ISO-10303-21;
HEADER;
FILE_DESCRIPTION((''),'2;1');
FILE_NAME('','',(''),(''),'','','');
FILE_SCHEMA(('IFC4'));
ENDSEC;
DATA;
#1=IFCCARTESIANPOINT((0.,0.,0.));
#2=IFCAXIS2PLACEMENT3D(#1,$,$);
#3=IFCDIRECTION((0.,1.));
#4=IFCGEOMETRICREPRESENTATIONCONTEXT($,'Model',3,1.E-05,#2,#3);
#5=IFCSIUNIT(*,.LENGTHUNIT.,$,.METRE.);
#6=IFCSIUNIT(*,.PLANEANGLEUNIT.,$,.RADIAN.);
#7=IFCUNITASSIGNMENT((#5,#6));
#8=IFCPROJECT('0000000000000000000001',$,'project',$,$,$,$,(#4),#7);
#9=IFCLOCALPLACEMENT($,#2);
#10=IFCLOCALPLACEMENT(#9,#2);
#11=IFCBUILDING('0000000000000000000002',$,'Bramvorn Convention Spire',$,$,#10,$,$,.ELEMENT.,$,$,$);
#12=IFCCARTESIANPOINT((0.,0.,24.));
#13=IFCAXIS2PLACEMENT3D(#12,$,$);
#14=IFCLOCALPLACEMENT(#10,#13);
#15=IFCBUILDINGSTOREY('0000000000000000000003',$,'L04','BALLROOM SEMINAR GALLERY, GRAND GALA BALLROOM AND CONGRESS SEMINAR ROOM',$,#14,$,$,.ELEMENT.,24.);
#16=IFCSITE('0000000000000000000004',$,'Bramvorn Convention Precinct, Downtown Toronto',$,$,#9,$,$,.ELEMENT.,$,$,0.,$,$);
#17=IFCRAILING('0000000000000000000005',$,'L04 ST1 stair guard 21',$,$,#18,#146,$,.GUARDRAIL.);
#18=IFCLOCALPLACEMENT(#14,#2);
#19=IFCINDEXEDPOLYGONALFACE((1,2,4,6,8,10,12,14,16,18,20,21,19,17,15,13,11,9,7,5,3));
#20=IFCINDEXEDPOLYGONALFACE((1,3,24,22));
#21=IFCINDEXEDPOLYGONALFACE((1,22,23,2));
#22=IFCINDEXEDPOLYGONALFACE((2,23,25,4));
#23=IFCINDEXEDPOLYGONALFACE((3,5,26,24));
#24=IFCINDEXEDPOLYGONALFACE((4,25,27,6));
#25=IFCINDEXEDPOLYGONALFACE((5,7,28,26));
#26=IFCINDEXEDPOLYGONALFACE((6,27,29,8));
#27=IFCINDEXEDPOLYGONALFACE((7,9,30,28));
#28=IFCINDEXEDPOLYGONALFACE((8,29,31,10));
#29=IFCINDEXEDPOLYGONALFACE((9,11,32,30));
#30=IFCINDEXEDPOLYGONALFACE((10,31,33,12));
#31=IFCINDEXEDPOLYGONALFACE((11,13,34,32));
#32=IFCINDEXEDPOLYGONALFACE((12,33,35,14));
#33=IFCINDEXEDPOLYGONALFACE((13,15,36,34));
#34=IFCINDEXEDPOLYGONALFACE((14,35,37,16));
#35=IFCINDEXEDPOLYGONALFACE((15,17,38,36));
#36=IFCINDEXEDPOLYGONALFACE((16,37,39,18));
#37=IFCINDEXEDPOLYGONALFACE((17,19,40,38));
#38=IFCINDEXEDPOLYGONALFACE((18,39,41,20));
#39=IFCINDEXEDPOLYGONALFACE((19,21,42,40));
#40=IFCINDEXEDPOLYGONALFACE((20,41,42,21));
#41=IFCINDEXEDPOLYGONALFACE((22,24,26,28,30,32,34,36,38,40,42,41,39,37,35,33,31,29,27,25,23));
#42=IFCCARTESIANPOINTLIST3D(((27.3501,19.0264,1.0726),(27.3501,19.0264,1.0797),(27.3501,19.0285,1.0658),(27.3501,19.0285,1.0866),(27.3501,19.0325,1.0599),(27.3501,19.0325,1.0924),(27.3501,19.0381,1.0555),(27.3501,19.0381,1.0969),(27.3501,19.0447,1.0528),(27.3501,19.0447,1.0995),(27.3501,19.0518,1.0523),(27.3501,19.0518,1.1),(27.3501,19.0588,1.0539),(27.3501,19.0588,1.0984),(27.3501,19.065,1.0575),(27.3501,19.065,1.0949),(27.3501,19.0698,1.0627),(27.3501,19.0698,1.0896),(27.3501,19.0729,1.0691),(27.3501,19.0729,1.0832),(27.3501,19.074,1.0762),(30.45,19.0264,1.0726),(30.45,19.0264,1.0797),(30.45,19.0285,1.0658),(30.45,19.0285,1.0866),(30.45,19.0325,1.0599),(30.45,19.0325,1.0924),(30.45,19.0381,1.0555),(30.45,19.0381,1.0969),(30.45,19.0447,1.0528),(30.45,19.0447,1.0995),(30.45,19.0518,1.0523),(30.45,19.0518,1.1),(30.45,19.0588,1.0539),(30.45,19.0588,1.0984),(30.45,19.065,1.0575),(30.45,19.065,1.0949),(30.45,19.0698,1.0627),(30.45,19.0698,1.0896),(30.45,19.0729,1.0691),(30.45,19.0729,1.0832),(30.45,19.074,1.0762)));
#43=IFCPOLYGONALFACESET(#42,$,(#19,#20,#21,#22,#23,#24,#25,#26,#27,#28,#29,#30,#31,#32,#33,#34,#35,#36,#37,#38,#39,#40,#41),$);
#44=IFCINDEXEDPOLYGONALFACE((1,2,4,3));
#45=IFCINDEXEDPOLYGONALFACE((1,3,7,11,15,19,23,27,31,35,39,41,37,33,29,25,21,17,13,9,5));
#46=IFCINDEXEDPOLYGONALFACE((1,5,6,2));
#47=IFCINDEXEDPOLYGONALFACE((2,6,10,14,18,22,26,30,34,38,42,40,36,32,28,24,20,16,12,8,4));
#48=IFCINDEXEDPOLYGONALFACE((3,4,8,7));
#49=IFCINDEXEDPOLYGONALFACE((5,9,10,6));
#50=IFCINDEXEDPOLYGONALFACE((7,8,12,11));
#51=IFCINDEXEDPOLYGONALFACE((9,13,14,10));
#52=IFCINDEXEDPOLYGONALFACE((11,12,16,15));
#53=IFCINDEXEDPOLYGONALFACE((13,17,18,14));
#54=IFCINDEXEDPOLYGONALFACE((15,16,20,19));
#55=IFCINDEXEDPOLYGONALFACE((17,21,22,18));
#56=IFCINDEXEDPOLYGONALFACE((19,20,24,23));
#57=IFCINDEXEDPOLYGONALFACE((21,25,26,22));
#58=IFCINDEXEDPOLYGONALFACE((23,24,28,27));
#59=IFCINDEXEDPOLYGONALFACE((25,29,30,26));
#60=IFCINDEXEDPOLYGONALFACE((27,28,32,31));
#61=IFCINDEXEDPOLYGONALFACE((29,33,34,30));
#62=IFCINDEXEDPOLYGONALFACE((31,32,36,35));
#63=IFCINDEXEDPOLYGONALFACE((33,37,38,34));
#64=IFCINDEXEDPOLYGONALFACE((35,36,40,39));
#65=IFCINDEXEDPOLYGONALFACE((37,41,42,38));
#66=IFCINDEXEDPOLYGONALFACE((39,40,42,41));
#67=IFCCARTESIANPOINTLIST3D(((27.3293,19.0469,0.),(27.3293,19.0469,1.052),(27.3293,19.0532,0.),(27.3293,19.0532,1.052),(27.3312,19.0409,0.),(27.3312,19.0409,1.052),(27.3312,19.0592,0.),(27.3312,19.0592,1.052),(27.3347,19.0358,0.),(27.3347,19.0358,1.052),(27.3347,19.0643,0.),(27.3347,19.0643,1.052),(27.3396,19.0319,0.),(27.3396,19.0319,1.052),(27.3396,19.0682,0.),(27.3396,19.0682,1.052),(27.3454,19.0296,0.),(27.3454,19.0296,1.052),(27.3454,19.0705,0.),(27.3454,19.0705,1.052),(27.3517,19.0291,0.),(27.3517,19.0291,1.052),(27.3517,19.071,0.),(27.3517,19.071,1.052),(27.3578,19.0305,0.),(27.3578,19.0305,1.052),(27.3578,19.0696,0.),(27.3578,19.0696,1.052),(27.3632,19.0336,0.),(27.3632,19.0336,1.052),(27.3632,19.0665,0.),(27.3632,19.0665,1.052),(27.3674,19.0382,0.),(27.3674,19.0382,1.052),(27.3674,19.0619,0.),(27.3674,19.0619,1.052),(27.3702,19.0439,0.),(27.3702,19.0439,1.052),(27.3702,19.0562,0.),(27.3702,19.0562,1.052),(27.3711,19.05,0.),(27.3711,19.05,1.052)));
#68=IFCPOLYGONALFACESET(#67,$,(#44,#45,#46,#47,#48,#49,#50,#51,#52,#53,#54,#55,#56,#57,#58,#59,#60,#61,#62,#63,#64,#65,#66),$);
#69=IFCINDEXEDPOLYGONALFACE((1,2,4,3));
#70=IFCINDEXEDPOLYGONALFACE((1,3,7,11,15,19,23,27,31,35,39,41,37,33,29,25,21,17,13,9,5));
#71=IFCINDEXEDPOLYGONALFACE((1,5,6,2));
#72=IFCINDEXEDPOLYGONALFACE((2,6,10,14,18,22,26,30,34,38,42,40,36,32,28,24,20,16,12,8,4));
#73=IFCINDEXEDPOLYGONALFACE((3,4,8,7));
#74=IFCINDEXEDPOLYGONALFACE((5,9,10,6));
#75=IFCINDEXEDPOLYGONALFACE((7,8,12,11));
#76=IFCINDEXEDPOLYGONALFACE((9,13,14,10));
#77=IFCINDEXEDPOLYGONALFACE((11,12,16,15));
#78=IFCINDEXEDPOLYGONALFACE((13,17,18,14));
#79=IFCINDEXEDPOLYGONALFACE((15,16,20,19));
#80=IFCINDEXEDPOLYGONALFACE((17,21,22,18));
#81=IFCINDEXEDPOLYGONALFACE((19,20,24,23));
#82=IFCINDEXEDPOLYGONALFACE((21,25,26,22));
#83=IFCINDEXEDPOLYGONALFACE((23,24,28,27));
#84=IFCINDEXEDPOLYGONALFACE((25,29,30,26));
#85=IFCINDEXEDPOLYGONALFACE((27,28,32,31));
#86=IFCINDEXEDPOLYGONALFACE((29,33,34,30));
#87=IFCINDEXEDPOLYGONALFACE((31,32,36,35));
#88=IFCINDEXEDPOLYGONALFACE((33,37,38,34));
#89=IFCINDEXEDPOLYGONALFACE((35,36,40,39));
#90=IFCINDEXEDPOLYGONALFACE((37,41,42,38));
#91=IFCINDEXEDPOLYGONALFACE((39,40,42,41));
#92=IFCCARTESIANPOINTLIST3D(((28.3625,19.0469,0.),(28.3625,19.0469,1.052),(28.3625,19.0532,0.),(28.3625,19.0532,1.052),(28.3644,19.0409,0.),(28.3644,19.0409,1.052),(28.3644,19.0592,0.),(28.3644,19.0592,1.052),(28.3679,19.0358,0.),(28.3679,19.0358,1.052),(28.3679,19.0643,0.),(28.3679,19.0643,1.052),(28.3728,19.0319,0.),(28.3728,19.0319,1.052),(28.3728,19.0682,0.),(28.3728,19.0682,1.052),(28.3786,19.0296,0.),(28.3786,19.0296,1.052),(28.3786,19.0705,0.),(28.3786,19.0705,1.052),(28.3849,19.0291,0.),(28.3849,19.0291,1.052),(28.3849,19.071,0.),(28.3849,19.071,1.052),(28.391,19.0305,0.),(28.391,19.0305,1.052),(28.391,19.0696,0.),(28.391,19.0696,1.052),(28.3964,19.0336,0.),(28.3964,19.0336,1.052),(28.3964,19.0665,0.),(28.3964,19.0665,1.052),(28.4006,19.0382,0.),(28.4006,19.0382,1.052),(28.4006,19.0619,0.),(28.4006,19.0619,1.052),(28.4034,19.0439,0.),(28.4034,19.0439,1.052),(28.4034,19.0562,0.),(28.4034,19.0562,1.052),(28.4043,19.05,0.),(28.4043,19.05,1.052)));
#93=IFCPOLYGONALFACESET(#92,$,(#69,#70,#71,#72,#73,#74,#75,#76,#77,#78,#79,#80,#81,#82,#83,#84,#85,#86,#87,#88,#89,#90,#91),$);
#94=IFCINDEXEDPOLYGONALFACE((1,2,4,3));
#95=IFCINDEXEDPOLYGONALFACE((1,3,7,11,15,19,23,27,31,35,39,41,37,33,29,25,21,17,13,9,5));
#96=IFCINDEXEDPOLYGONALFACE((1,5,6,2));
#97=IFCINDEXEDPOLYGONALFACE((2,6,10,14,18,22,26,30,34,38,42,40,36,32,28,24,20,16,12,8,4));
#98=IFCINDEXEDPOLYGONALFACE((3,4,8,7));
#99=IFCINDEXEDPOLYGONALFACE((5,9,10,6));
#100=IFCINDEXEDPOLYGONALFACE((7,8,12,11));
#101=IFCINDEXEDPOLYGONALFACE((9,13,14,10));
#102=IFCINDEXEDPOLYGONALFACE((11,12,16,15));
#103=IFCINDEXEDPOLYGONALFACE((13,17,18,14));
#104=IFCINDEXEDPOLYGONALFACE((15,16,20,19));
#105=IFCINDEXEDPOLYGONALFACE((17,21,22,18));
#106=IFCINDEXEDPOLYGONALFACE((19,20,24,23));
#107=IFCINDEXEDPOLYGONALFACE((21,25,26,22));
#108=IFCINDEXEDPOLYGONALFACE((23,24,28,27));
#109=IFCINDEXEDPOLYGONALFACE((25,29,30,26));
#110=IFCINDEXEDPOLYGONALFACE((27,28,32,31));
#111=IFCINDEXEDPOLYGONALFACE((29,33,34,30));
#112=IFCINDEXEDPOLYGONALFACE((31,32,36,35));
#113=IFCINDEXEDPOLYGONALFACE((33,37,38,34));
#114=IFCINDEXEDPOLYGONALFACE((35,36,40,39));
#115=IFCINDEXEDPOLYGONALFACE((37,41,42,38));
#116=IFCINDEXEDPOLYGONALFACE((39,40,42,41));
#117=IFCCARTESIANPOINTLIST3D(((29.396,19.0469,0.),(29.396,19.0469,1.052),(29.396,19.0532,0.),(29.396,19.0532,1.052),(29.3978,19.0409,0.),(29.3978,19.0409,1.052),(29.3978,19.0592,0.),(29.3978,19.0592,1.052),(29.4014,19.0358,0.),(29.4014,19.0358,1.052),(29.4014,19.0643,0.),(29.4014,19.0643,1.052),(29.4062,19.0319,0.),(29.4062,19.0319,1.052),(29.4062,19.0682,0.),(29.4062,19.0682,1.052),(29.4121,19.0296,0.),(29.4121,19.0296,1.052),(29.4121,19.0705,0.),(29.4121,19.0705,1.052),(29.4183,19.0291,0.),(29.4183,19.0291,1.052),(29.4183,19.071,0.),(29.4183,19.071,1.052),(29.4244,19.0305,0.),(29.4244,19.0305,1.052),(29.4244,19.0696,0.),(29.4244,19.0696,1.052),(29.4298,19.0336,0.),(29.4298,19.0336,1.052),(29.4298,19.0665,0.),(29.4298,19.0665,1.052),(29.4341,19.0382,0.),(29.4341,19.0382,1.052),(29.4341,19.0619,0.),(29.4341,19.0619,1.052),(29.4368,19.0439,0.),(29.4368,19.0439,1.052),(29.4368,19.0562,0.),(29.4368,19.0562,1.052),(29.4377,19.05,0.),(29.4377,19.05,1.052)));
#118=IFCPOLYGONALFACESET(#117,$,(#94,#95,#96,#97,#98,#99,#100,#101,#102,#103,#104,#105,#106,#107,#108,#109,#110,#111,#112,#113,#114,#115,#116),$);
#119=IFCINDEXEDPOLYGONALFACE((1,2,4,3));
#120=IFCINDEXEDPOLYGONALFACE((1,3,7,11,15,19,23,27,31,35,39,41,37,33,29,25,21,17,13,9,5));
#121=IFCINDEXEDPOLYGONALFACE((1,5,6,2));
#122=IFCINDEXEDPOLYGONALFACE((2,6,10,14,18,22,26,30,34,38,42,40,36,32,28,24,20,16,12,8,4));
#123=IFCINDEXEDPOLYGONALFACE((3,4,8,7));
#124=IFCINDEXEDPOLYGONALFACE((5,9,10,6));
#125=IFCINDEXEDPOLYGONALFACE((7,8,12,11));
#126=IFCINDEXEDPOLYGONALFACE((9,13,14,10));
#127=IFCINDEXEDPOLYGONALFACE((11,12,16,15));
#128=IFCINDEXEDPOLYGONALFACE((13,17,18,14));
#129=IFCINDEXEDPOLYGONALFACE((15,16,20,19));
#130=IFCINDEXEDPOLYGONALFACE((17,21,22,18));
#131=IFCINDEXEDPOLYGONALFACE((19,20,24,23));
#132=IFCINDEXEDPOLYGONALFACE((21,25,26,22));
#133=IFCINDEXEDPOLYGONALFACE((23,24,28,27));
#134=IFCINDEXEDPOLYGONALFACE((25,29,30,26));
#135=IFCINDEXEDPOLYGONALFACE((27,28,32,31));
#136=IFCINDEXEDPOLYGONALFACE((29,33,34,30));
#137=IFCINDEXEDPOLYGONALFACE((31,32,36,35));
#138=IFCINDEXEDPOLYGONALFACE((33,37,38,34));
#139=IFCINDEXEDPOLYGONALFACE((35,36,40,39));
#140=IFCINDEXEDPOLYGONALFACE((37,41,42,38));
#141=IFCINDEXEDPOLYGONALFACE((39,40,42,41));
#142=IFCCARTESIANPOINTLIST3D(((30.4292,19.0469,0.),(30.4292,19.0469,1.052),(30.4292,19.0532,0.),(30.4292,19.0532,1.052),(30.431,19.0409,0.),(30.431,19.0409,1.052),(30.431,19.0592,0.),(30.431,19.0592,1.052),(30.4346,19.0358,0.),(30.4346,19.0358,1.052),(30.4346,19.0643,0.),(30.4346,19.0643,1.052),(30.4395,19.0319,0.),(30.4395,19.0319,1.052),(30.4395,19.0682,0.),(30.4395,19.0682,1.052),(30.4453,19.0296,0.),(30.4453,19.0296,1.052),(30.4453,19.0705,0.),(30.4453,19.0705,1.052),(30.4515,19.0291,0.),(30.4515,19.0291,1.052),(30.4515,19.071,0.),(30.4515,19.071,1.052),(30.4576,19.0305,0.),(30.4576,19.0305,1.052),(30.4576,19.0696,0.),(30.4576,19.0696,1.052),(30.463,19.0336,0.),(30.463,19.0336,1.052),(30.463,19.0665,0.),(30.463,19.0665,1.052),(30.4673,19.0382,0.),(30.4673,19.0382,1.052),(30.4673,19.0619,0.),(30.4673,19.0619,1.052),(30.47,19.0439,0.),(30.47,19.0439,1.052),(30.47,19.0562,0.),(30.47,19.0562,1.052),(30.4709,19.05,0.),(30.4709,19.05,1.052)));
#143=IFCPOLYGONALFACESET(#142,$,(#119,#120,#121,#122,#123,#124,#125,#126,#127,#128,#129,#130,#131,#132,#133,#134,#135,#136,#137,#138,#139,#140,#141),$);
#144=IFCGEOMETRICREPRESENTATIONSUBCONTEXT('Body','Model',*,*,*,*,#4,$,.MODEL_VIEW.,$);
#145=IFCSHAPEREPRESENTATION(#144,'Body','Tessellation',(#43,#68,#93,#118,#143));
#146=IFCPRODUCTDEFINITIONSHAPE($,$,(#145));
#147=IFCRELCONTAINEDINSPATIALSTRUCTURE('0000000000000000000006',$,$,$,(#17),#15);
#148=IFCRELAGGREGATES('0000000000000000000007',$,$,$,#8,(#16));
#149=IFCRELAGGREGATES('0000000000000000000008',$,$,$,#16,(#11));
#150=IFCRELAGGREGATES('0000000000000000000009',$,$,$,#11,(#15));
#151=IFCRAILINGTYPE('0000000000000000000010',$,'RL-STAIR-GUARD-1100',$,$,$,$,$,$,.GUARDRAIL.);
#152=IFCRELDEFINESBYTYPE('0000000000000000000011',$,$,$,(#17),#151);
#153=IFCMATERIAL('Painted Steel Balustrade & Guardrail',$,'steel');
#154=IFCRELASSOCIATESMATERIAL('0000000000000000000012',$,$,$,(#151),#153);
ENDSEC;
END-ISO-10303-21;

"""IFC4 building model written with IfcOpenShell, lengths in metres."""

from ifc_helpers import new_model, si_unit, direction, frame, origin, origin_2d, place, context, subcontext, project, spatial, circle, extrude, material, type_object, element, save


model = new_model("IFC4")

# Units and contexts
model_context = context("Model", 3, precision=1e-05, world=origin(), true_north=direction((0.0, 1.0)))
body_context = subcontext(model_context, "Body", "Model", "MODEL_VIEW")
ifc_project = project(units=[si_unit("LENGTHUNIT", "METRE"), si_unit("PLANEANGLEUNIT", "RADIAN")], contexts=[model_context])

# Site, building, storey
site_placement = place(None, origin())
site = spatial("IfcSite", under=ifc_project, at=site_placement, Name="Bramvorn Convention Precinct, Downtown Toronto", CompositionType="ELEMENT", RefElevation=0.0)
building_placement = place(site_placement, origin())
building = spatial("IfcBuilding", under=site, at=building_placement, Name="Bramvorn Convention Spire", CompositionType="ELEMENT")
storey_placement = place(building_placement, frame((0.0, 0.0, 24.0)))
storey = spatial("IfcBuildingStorey", under=building, at=storey_placement, Name="L04", Description="BALLROOM SEMINAR GALLERY, GRAND GALA BALLROOM AND CONGRESS SEMINAR ROOM", CompositionType="ELEMENT", Elevation=24.0)

# Railing
ifc_material_1 = material(Name="Painted Steel Balustrade & Guardrail", Category="steel")
railing_type = type_object("IfcRailingType", Name="RL-STAIR-GUARD-1100", PredefinedType="GUARDRAIL", material=ifc_material_1)
railing_1_placement = place(storey_placement, frame((27.3501, 19.05, 0.0)))
element("IfcRailing", 1, at=railing_1_placement, inside=storey, type_object=railing_type, Name="L04 ST1 stair guard 21", PredefinedType="GUARDRAIL", context=body_context, shape_type="SweptSolid", body=[
    extrude(circle(Radius=0.0239, at=origin_2d()), frame((0.0, 0.0, 1.0762), z_axis=(1.0, 0.0, 0.0), x_axis=(0.0, 1.0, 0.0)), (0.0, 0.0, 1.0), 3.0999),
    extrude(circle(Radius=0.021, at=origin_2d()), origin(), (0.0, 0.0, 1.0), 1.052),
    extrude(circle(Radius=0.021, at=origin_2d()), frame((1.0332, 0.0, 0.0)), (0.0, 0.0, 1.0), 1.052),
    extrude(circle(Radius=0.021, at=origin_2d()), frame((2.0667, 0.0, 0.0)), (0.0, 0.0, 1.0), 1.052),
    extrude(circle(Radius=0.021, at=origin_2d()), frame((3.0999, 0.0, 0.0)), (0.0, 0.0, 1.0), 1.052),
])

save(model, "model.ifc")
